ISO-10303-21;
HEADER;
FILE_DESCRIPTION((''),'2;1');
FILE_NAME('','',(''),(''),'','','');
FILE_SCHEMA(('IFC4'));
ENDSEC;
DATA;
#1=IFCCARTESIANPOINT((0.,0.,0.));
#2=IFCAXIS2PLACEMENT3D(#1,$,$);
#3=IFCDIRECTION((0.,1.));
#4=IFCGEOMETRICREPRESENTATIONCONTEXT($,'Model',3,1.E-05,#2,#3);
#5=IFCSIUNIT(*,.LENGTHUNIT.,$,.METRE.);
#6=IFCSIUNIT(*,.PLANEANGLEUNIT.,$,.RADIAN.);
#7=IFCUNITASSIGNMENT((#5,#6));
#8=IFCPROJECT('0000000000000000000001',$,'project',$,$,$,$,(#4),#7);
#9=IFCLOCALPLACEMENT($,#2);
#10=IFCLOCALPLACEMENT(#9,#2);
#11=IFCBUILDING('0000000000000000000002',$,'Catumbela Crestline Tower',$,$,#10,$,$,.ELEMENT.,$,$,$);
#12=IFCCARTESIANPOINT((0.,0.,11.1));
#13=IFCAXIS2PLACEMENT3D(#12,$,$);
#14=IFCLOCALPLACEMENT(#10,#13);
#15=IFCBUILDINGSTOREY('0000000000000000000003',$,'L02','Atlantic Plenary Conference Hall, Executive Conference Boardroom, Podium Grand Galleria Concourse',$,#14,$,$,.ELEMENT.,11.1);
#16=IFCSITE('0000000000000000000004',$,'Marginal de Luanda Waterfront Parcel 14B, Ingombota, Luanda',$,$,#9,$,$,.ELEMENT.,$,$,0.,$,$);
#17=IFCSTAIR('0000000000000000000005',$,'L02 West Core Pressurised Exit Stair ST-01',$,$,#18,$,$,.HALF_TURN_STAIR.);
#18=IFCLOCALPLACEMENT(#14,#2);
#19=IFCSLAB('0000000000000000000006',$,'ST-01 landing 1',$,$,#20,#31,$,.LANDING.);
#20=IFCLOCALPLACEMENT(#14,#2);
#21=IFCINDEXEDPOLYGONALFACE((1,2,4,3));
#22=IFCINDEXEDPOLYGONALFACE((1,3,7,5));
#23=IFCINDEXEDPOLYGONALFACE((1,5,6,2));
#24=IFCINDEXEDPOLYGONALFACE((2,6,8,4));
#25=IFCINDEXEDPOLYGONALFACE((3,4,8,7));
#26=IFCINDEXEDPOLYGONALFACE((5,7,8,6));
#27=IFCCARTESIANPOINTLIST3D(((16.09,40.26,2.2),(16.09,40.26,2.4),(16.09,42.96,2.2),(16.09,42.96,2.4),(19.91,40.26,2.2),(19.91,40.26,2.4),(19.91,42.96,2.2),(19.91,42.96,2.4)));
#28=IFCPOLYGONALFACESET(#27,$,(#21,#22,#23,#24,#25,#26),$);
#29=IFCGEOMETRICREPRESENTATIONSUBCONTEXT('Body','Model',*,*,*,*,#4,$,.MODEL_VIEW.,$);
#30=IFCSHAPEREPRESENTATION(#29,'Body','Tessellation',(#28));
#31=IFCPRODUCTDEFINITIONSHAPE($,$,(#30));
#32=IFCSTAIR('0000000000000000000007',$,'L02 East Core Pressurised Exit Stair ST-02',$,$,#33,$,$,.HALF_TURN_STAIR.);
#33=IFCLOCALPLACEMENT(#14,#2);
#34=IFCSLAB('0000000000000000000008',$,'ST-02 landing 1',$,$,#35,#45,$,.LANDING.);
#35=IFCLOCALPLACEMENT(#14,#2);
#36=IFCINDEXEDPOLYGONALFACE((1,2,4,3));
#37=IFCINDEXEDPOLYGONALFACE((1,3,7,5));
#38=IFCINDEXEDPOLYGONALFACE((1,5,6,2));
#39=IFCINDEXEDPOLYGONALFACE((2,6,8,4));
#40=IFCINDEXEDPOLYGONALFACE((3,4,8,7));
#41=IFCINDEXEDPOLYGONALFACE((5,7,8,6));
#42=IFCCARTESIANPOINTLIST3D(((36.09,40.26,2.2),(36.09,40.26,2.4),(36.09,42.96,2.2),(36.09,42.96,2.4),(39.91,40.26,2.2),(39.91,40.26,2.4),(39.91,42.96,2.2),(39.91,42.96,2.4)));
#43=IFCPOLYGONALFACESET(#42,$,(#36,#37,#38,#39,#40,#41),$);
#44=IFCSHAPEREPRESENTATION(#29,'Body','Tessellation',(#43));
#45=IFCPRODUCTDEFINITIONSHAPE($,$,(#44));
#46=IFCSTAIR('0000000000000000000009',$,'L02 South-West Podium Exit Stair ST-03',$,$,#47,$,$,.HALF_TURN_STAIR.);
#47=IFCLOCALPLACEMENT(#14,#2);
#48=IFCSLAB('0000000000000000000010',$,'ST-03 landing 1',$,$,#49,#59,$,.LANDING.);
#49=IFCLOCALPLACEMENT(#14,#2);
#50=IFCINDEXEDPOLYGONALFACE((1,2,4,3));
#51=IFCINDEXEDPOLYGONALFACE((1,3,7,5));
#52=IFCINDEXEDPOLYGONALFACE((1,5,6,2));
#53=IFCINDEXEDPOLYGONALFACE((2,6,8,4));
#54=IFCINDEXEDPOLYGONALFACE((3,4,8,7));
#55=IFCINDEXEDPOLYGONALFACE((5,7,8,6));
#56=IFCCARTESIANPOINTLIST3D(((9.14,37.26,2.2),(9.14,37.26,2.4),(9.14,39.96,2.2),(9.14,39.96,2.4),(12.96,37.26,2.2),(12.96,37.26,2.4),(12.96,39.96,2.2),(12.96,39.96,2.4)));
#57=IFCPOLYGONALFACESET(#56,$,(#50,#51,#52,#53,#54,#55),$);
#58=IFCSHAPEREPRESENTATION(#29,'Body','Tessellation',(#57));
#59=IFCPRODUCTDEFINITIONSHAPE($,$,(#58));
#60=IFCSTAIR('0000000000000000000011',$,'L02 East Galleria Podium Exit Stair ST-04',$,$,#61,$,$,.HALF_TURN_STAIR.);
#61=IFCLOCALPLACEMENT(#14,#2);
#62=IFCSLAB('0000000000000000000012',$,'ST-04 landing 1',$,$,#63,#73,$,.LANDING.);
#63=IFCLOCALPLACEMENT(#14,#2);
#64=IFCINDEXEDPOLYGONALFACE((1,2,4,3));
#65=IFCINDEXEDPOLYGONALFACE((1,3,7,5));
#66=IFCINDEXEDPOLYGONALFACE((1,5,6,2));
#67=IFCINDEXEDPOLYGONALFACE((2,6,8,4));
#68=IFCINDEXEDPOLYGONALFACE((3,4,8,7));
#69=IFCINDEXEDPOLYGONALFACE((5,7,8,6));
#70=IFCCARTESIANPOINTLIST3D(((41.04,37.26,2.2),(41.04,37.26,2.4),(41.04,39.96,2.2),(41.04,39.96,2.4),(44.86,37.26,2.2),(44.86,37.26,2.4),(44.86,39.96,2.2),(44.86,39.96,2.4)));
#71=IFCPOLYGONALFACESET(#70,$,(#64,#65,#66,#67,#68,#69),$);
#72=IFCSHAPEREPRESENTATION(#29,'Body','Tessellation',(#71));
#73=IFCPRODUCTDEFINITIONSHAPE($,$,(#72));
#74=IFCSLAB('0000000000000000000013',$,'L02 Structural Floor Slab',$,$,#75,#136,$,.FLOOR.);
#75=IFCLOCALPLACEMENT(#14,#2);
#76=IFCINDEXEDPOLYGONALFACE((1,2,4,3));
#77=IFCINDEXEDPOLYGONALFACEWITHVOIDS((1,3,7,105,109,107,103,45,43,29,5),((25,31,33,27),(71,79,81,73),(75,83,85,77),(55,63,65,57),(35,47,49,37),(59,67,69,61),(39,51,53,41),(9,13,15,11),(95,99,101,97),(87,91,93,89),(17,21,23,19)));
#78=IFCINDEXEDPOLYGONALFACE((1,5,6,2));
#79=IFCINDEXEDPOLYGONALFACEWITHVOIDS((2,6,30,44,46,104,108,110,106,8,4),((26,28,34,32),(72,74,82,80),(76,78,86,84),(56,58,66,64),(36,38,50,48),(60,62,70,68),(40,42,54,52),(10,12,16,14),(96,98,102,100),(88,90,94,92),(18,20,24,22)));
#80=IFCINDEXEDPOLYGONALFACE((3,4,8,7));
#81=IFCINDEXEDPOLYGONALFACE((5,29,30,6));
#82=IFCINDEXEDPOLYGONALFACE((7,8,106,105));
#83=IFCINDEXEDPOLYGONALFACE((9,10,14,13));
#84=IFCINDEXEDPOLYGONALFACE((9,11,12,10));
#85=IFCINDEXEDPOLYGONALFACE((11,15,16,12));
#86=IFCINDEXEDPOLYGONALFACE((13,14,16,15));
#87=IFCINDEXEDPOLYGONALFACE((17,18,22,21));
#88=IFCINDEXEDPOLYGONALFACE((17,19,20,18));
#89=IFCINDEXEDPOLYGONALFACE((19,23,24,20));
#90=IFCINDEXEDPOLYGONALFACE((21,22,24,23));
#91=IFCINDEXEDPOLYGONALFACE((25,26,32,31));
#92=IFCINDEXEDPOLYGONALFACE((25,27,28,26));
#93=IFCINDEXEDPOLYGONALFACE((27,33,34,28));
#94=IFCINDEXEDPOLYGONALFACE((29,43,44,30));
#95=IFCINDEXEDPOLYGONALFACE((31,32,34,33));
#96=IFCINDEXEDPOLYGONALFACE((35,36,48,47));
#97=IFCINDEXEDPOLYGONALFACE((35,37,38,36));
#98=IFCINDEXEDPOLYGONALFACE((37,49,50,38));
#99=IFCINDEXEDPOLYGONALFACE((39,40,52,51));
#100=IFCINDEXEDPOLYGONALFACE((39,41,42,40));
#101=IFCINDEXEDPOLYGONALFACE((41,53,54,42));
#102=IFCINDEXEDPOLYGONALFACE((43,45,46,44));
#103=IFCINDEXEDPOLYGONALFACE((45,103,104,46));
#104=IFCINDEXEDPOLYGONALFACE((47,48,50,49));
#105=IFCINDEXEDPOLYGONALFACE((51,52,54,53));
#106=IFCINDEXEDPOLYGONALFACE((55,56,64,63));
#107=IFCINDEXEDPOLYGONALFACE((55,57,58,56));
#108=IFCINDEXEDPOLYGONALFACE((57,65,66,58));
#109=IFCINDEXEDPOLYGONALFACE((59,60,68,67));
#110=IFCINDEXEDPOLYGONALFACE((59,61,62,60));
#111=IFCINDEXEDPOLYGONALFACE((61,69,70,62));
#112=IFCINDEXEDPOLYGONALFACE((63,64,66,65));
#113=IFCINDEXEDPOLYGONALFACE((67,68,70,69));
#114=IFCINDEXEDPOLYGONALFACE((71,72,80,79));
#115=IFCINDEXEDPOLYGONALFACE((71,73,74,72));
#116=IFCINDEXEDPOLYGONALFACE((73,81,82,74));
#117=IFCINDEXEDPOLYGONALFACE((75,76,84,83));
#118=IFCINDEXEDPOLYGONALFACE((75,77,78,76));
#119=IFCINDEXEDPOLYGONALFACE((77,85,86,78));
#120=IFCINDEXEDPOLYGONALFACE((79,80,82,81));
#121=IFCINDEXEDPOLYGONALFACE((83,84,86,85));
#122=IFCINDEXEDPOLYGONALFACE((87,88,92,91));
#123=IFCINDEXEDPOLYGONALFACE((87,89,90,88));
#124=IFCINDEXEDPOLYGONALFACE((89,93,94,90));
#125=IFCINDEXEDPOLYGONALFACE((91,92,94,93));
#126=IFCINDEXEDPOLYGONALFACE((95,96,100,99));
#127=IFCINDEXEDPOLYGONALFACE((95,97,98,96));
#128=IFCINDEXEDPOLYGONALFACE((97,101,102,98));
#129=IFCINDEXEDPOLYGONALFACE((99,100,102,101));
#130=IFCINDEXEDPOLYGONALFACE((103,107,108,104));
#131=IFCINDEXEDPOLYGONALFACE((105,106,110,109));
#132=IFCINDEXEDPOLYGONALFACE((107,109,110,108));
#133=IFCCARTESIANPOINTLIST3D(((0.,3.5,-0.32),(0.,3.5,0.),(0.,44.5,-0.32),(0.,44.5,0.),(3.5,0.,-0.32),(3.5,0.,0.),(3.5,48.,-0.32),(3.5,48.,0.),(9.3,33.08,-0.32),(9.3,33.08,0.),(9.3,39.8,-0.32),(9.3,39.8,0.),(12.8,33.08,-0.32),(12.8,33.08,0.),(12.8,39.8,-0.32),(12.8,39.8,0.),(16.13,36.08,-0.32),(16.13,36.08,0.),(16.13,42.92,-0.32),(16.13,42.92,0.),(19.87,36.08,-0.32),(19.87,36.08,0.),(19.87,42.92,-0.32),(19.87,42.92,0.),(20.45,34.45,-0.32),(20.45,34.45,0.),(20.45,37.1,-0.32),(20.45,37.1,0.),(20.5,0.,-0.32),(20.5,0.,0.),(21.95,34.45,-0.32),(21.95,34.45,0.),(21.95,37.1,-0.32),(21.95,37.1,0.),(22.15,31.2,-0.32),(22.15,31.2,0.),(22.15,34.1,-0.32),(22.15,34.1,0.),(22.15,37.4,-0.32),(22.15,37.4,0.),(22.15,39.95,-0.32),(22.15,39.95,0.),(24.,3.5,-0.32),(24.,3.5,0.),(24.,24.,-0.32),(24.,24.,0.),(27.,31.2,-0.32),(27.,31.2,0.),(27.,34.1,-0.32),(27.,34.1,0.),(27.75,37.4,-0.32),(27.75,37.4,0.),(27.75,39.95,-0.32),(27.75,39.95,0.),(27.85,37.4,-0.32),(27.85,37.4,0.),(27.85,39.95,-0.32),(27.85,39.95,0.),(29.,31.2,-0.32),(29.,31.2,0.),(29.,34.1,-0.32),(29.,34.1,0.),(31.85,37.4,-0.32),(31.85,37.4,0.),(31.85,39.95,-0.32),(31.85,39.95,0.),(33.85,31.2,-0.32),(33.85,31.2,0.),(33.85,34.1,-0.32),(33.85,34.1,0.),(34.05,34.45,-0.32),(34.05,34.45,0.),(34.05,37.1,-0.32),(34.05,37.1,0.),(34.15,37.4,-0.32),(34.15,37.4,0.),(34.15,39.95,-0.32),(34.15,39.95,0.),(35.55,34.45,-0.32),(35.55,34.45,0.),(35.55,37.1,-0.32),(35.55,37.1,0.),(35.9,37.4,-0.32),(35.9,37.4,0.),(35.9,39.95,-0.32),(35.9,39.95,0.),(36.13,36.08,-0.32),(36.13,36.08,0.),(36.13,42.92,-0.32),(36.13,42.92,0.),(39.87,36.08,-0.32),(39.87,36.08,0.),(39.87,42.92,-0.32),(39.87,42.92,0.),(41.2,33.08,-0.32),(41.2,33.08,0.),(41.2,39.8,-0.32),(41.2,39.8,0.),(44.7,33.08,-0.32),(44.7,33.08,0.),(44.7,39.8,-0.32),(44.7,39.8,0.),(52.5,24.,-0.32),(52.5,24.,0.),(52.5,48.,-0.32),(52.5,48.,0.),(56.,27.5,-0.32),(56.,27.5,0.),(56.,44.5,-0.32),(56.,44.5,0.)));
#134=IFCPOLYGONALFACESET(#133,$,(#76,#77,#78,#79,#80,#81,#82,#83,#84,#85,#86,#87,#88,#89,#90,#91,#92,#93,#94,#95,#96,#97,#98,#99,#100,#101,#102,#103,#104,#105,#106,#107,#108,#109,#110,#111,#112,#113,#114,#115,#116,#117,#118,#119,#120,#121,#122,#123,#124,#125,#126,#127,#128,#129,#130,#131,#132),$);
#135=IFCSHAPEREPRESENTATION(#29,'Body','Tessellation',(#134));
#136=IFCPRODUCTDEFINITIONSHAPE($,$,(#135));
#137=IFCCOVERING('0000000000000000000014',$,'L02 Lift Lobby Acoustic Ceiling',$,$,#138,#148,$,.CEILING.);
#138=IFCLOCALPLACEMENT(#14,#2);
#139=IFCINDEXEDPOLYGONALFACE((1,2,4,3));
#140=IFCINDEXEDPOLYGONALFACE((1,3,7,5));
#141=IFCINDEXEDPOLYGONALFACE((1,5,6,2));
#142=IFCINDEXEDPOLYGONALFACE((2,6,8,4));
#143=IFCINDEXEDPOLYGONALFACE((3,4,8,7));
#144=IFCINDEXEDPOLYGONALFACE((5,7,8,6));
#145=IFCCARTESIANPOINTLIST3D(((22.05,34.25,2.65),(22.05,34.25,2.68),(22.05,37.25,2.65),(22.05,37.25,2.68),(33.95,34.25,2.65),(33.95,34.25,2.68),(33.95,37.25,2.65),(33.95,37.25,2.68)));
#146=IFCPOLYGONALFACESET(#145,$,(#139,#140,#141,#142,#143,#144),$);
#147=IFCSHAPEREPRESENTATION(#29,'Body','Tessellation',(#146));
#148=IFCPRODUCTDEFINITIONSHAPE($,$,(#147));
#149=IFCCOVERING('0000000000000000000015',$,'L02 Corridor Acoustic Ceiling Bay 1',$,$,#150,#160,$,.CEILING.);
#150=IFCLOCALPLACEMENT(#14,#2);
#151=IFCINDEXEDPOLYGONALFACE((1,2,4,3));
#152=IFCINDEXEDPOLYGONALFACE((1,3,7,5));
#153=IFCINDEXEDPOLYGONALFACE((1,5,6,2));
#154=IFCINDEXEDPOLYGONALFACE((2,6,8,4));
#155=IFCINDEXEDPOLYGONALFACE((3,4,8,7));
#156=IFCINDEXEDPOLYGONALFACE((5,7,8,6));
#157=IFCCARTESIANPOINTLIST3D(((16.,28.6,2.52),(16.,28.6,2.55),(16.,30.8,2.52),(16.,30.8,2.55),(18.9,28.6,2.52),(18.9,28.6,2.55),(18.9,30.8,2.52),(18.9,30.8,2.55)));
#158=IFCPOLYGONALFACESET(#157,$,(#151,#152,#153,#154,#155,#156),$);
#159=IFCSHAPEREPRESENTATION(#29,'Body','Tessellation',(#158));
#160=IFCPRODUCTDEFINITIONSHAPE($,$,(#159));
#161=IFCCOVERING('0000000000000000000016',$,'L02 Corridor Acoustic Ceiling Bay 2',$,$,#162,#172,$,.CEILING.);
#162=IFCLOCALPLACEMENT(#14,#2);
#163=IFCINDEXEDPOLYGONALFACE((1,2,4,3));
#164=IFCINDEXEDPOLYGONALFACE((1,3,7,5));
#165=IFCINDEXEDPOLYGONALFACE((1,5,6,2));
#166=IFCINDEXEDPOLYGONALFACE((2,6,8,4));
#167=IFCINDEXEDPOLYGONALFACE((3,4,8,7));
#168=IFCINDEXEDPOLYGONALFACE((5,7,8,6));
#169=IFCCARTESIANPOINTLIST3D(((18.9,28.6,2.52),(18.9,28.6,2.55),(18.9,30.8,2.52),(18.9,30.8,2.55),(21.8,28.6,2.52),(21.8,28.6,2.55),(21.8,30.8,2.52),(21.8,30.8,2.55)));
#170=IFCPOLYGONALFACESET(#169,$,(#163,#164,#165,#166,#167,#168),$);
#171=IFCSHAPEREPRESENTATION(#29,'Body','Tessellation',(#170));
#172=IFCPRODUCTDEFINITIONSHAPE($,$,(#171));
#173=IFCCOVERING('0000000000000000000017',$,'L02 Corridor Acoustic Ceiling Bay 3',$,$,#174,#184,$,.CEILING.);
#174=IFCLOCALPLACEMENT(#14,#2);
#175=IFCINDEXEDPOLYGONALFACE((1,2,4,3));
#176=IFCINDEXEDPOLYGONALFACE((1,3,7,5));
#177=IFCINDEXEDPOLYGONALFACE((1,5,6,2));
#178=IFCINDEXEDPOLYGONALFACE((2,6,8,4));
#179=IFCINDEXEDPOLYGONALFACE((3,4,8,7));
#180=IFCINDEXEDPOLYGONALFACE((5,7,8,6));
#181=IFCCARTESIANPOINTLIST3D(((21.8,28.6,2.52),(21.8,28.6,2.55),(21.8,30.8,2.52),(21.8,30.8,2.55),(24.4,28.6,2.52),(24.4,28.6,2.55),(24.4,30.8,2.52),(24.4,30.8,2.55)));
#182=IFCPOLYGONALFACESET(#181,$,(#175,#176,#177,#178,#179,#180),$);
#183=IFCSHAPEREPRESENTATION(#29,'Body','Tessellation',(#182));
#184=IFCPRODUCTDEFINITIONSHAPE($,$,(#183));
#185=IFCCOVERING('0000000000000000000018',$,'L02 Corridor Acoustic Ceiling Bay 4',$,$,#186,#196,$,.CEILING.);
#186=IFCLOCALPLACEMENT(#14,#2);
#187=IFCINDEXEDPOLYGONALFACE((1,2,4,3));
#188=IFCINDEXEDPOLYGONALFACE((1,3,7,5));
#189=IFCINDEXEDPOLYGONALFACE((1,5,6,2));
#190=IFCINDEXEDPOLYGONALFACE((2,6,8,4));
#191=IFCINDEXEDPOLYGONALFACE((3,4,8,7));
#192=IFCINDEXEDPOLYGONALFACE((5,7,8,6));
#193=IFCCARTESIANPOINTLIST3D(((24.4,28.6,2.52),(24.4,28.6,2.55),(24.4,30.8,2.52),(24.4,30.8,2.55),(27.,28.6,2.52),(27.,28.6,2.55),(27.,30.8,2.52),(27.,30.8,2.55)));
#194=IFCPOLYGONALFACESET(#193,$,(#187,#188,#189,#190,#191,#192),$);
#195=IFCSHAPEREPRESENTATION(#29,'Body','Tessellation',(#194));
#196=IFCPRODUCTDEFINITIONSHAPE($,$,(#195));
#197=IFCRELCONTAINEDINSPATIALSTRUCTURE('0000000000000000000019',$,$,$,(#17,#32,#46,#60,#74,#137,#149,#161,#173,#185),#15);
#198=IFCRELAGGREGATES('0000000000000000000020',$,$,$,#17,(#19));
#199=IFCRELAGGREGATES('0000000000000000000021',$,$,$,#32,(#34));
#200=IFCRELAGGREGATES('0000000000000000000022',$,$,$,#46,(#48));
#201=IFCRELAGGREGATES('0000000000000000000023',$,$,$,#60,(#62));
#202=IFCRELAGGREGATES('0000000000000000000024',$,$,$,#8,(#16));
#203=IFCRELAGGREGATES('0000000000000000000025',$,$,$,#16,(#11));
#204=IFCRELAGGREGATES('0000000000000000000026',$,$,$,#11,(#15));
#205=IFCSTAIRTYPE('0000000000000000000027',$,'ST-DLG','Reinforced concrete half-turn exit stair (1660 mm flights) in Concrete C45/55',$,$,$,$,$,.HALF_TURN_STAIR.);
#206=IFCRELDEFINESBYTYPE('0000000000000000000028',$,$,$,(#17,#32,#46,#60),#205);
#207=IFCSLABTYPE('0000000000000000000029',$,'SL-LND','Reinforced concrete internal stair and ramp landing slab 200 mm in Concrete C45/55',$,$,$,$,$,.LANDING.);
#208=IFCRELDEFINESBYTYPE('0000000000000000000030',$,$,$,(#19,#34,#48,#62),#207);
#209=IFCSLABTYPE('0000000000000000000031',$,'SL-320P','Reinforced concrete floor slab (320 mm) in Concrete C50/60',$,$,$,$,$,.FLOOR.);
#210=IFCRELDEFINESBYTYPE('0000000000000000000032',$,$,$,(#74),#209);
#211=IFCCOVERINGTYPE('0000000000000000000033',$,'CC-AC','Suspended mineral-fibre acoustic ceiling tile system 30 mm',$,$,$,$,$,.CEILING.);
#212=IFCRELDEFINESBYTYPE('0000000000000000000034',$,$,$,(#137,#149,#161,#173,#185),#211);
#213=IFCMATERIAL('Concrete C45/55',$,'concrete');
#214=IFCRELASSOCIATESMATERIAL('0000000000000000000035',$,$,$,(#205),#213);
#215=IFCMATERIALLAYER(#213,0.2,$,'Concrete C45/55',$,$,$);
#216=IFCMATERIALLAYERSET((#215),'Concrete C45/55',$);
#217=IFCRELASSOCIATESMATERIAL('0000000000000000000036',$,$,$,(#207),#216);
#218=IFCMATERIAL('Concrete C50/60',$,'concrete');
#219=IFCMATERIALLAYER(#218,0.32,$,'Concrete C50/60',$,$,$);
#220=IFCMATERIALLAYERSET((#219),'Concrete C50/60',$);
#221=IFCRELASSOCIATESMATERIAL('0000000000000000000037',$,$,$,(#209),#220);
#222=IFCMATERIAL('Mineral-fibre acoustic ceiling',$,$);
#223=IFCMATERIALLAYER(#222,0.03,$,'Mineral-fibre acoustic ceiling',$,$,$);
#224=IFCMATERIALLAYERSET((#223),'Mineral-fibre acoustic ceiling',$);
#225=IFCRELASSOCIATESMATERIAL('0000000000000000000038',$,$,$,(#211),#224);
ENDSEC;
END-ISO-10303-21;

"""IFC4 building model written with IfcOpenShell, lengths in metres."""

from ifc_helpers import new_model, si_unit, direction, frame, origin, place, context, subcontext, project, spatial, polyline, outline, extrude, material, layer, layer_set, type_object, element, aggregate, save


model = new_model("IFC4")

# Units and contexts
model_context = context("Model", 3, precision=1e-05, world=origin(), true_north=direction((0.0, 1.0)))
body_context = subcontext(model_context, "Body", "Model", "MODEL_VIEW")
ifc_project = project(units=[si_unit("LENGTHUNIT", "METRE"), si_unit("PLANEANGLEUNIT", "RADIAN")], contexts=[model_context])

# Site, building, storey
site_placement = place(None, origin())
site = spatial("IfcSite", under=ifc_project, at=site_placement, Name="Marginal de Luanda Waterfront Parcel 14B, Ingombota, Luanda", CompositionType="ELEMENT", RefElevation=0.0)
building_placement = place(site_placement, origin())
building = spatial("IfcBuilding", under=site, at=building_placement, Name="Catumbela Crestline Tower", CompositionType="ELEMENT")
storey_placement = place(building_placement, frame((0.0, 0.0, 11.1)))
storey = spatial("IfcBuildingStorey", under=building, at=storey_placement, Name="L02", Description="Atlantic Plenary Conference Hall, Executive Conference Boardroom, Podium Grand Galleria Concourse", CompositionType="ELEMENT", Elevation=11.1)

# Stairs, slabs
ifc_material_1 = material(Name="Concrete C45/55", Category="concrete")
stair_type = type_object("IfcStairType", Name="ST-DLG", Description="Reinforced concrete half-turn exit stair (1660 mm flights) in Concrete C45/55", PredefinedType="HALF_TURN_STAIR", material=ifc_material_1)
stair_1_placement = place(storey_placement, origin())
stair_1 = element("IfcStair", 1, at=stair_1_placement, inside=storey, type_object=stair_type, Name="L02 West Core Pressurised Exit Stair ST-01", PredefinedType="HALF_TURN_STAIR")
ifc_layer_1 = layer(ifc_material_1, 0.2, Name="Concrete C45/55")
ifc_layer_set_1 = layer_set([ifc_layer_1], Name="Concrete C45/55")
slab_type_1 = type_object("IfcSlabType", Name="SL-LND", Description="Reinforced concrete internal stair and ramp landing slab 200 mm in Concrete C45/55", PredefinedType="LANDING", material=ifc_layer_set_1)
slab_1_placement = place(storey_placement, frame((0.0, 0.0, 2.2)))
slab_1 = element("IfcSlab", 2, at=slab_1_placement, type_object=slab_type_1, Name="ST-01 landing 1", PredefinedType="LANDING", context=body_context, shape_type="SweptSolid", body=[
    extrude(outline(polyline([(19.91, 40.26), (19.91, 42.96), (16.09, 42.96), (16.09, 40.26), (19.91, 40.26)])), origin(), (0.0, 0.0, 1.0), 0.2),
])
aggregate(stair_1, [slab_1])
stair_2_placement = place(storey_placement, origin())
stair_2 = element("IfcStair", 3, at=stair_2_placement, inside=storey, type_object=stair_type, Name="L02 East Core Pressurised Exit Stair ST-02", PredefinedType="HALF_TURN_STAIR")
slab_2_placement = place(storey_placement, frame((0.0, 0.0, 2.2)))
slab_2 = element("IfcSlab", 4, at=slab_2_placement, type_object=slab_type_1, Name="ST-02 landing 1", PredefinedType="LANDING", context=body_context, shape_type="SweptSolid", body=[
    extrude(outline(polyline([(39.91, 40.26), (39.91, 42.96), (36.09, 42.96), (36.09, 40.26), (39.91, 40.26)])), origin(), (0.0, 0.0, 1.0), 0.2),
])
aggregate(stair_2, [slab_2])
stair_3_placement = place(storey_placement, origin())
stair_3 = element("IfcStair", 5, at=stair_3_placement, inside=storey, type_object=stair_type, Name="L02 South-West Podium Exit Stair ST-03", PredefinedType="HALF_TURN_STAIR")
slab_3_placement = place(storey_placement, frame((0.0, 0.0, 2.2)))
slab_3 = element("IfcSlab", 6, at=slab_3_placement, type_object=slab_type_1, Name="ST-03 landing 1", PredefinedType="LANDING", context=body_context, shape_type="SweptSolid", body=[
    extrude(outline(polyline([(12.96, 37.26), (12.96, 39.96), (9.14, 39.96), (9.14, 37.26), (12.96, 37.26)])), origin(), (0.0, 0.0, 1.0), 0.2),
])
aggregate(stair_3, [slab_3])
stair_4_placement = place(storey_placement, origin())
stair_4 = element("IfcStair", 7, at=stair_4_placement, inside=storey, type_object=stair_type, Name="L02 East Galleria Podium Exit Stair ST-04", PredefinedType="HALF_TURN_STAIR")
slab_4_placement = place(storey_placement, frame((0.0, 0.0, 2.2)))
slab_4 = element("IfcSlab", 8, at=slab_4_placement, type_object=slab_type_1, Name="ST-04 landing 1", PredefinedType="LANDING", context=body_context, shape_type="SweptSolid", body=[
    extrude(outline(polyline([(44.86, 37.26), (44.86, 39.96), (41.04, 39.96), (41.04, 37.26), (44.86, 37.26)])), origin(), (0.0, 0.0, 1.0), 0.2),
])
aggregate(stair_4, [slab_4])

# Slab
ifc_material_2 = material(Name="Concrete C50/60", Category="concrete")
ifc_layer_2 = layer(ifc_material_2, 0.32, Name="Concrete C50/60")
ifc_layer_set_2 = layer_set([ifc_layer_2], Name="Concrete C50/60")
slab_type_2 = type_object("IfcSlabType", Name="SL-320P", Description="Reinforced concrete floor slab (320 mm) in Concrete C50/60", PredefinedType="FLOOR", material=ifc_layer_set_2)
slab_5_placement = place(storey_placement, frame((0.0, 0.0, -0.32)))
element("IfcSlab", 9, at=slab_5_placement, inside=storey, type_object=slab_type_2, Name="L02 Structural Floor Slab", PredefinedType="FLOOR", context=body_context, shape_type="SweptSolid", body=[
    extrude(outline(polyline([(3.5, 0.0), (20.5, 0.0), (24.0, 3.5), (24.0, 24.0), (52.5, 24.0), (56.0, 27.5), (56.0, 44.5), (52.5, 48.0), (3.5, 48.0), (0.0, 44.5), (0.0, 3.5), (3.5, 0.0)]), holes=[polyline([(16.13, 36.08), (19.87, 36.08), (19.87, 42.92), (16.13, 42.92), (16.13, 36.08)]), polyline([(36.13, 36.08), (39.87, 36.08), (39.87, 42.92), (36.13, 42.92), (36.13, 36.08)]), polyline([(12.8, 33.08), (12.8, 39.8), (9.3, 39.8), (9.3, 33.08), (12.8, 33.08)]), polyline([(44.7, 33.08), (44.7, 39.8), (41.2, 39.8), (41.2, 33.08), (44.7, 33.08)]), polyline([(22.15, 31.2), (27.0, 31.2), (27.0, 34.1), (22.15, 34.1), (22.15, 31.2)]), polyline([(29.0, 31.2), (33.85, 31.2), (33.85, 34.1), (29.0, 34.1), (29.0, 31.2)]), polyline([(22.15, 37.4), (27.75, 37.4), (27.75, 39.95), (22.15, 39.95), (22.15, 37.4)]), polyline([(27.85, 37.4), (31.85, 37.4), (31.85, 39.95), (27.85, 39.95), (27.85, 37.4)]), polyline([(20.45, 34.45), (21.95, 34.45), (21.95, 37.1), (20.45, 37.1), (20.45, 34.45)]), polyline([(34.05, 34.45), (35.55, 34.45), (35.55, 37.1), (34.05, 37.1), (34.05, 34.45)]), polyline([(34.15, 37.4), (35.9, 37.4), (35.9, 39.95), (34.15, 39.95), (34.15, 37.4)])]), origin(), (0.0, 0.0, 1.0), 0.32),
])

# Coverings
ifc_material_3 = material(Name="Mineral-fibre acoustic ceiling")
ifc_layer_3 = layer(ifc_material_3, 0.03, Name="Mineral-fibre acoustic ceiling")
ifc_layer_set_3 = layer_set([ifc_layer_3], Name="Mineral-fibre acoustic ceiling")
covering_type_1 = type_object("IfcCoveringType", Name="CC-AC", Description="Suspended mineral-fibre acoustic ceiling tile system 30 mm", PredefinedType="CEILING", material=ifc_layer_set_3)
covering_1_placement = place(storey_placement, frame((0.0, 0.0, 2.65)))
element("IfcCovering", 10, at=covering_1_placement, inside=storey, type_object=covering_type_1, Name="L02 Lift Lobby Acoustic Ceiling", PredefinedType="CEILING", context=body_context, shape_type="SweptSolid", body=[
    extrude(outline(polyline([(22.05, 34.25), (33.95, 34.25), (33.95, 37.25), (22.05, 37.25), (22.05, 34.25)])), origin(), (0.0, 0.0, 1.0), 0.03),
])
covering_2_placement = place(storey_placement, frame((0.0, 0.0, 2.52)))
element("IfcCovering", 11, at=covering_2_placement, inside=storey, type_object=covering_type_1, Name="L02 Corridor Acoustic Ceiling Bay 1", PredefinedType="CEILING", context=body_context, shape_type="SweptSolid", body=[
    extrude(outline(polyline([(16.0, 28.6), (18.9, 28.6), (18.9, 30.8), (16.0, 30.8), (16.0, 28.6)])), origin(), (0.0, 0.0, 1.0), 0.03),
])
covering_3_placement = place(storey_placement, frame((0.0, 0.0, 2.52)))
element("IfcCovering", 12, at=covering_3_placement, inside=storey, type_object=covering_type_1, Name="L02 Corridor Acoustic Ceiling Bay 2", PredefinedType="CEILING", context=body_context, shape_type="SweptSolid", body=[
    extrude(outline(polyline([(18.9, 28.6), (21.8, 28.6), (21.8, 30.8), (18.9, 30.8), (18.9, 28.6)])), origin(), (0.0, 0.0, 1.0), 0.03),
])
covering_4_placement = place(storey_placement, frame((0.0, 0.0, 2.52)))
element("IfcCovering", 13, at=covering_4_placement, inside=storey, type_object=covering_type_1, Name="L02 Corridor Acoustic Ceiling Bay 3", PredefinedType="CEILING", context=body_context, shape_type="SweptSolid", body=[
    extrude(outline(polyline([(21.8, 28.6), (24.4, 28.6), (24.4, 30.8), (21.8, 30.8), (21.8, 28.6)])), origin(), (0.0, 0.0, 1.0), 0.03),
])
covering_5_placement = place(storey_placement, frame((0.0, 0.0, 2.52)))
element("IfcCovering", 14, at=covering_5_placement, inside=storey, type_object=covering_type_1, Name="L02 Corridor Acoustic Ceiling Bay 4", PredefinedType="CEILING", context=body_context, shape_type="SweptSolid", body=[
    extrude(outline(polyline([(24.4, 28.6), (27.0, 28.6), (27.0, 30.8), (24.4, 30.8), (24.4, 28.6)])), origin(), (0.0, 0.0, 1.0), 0.03),
])

save(model, "model.ifc")
